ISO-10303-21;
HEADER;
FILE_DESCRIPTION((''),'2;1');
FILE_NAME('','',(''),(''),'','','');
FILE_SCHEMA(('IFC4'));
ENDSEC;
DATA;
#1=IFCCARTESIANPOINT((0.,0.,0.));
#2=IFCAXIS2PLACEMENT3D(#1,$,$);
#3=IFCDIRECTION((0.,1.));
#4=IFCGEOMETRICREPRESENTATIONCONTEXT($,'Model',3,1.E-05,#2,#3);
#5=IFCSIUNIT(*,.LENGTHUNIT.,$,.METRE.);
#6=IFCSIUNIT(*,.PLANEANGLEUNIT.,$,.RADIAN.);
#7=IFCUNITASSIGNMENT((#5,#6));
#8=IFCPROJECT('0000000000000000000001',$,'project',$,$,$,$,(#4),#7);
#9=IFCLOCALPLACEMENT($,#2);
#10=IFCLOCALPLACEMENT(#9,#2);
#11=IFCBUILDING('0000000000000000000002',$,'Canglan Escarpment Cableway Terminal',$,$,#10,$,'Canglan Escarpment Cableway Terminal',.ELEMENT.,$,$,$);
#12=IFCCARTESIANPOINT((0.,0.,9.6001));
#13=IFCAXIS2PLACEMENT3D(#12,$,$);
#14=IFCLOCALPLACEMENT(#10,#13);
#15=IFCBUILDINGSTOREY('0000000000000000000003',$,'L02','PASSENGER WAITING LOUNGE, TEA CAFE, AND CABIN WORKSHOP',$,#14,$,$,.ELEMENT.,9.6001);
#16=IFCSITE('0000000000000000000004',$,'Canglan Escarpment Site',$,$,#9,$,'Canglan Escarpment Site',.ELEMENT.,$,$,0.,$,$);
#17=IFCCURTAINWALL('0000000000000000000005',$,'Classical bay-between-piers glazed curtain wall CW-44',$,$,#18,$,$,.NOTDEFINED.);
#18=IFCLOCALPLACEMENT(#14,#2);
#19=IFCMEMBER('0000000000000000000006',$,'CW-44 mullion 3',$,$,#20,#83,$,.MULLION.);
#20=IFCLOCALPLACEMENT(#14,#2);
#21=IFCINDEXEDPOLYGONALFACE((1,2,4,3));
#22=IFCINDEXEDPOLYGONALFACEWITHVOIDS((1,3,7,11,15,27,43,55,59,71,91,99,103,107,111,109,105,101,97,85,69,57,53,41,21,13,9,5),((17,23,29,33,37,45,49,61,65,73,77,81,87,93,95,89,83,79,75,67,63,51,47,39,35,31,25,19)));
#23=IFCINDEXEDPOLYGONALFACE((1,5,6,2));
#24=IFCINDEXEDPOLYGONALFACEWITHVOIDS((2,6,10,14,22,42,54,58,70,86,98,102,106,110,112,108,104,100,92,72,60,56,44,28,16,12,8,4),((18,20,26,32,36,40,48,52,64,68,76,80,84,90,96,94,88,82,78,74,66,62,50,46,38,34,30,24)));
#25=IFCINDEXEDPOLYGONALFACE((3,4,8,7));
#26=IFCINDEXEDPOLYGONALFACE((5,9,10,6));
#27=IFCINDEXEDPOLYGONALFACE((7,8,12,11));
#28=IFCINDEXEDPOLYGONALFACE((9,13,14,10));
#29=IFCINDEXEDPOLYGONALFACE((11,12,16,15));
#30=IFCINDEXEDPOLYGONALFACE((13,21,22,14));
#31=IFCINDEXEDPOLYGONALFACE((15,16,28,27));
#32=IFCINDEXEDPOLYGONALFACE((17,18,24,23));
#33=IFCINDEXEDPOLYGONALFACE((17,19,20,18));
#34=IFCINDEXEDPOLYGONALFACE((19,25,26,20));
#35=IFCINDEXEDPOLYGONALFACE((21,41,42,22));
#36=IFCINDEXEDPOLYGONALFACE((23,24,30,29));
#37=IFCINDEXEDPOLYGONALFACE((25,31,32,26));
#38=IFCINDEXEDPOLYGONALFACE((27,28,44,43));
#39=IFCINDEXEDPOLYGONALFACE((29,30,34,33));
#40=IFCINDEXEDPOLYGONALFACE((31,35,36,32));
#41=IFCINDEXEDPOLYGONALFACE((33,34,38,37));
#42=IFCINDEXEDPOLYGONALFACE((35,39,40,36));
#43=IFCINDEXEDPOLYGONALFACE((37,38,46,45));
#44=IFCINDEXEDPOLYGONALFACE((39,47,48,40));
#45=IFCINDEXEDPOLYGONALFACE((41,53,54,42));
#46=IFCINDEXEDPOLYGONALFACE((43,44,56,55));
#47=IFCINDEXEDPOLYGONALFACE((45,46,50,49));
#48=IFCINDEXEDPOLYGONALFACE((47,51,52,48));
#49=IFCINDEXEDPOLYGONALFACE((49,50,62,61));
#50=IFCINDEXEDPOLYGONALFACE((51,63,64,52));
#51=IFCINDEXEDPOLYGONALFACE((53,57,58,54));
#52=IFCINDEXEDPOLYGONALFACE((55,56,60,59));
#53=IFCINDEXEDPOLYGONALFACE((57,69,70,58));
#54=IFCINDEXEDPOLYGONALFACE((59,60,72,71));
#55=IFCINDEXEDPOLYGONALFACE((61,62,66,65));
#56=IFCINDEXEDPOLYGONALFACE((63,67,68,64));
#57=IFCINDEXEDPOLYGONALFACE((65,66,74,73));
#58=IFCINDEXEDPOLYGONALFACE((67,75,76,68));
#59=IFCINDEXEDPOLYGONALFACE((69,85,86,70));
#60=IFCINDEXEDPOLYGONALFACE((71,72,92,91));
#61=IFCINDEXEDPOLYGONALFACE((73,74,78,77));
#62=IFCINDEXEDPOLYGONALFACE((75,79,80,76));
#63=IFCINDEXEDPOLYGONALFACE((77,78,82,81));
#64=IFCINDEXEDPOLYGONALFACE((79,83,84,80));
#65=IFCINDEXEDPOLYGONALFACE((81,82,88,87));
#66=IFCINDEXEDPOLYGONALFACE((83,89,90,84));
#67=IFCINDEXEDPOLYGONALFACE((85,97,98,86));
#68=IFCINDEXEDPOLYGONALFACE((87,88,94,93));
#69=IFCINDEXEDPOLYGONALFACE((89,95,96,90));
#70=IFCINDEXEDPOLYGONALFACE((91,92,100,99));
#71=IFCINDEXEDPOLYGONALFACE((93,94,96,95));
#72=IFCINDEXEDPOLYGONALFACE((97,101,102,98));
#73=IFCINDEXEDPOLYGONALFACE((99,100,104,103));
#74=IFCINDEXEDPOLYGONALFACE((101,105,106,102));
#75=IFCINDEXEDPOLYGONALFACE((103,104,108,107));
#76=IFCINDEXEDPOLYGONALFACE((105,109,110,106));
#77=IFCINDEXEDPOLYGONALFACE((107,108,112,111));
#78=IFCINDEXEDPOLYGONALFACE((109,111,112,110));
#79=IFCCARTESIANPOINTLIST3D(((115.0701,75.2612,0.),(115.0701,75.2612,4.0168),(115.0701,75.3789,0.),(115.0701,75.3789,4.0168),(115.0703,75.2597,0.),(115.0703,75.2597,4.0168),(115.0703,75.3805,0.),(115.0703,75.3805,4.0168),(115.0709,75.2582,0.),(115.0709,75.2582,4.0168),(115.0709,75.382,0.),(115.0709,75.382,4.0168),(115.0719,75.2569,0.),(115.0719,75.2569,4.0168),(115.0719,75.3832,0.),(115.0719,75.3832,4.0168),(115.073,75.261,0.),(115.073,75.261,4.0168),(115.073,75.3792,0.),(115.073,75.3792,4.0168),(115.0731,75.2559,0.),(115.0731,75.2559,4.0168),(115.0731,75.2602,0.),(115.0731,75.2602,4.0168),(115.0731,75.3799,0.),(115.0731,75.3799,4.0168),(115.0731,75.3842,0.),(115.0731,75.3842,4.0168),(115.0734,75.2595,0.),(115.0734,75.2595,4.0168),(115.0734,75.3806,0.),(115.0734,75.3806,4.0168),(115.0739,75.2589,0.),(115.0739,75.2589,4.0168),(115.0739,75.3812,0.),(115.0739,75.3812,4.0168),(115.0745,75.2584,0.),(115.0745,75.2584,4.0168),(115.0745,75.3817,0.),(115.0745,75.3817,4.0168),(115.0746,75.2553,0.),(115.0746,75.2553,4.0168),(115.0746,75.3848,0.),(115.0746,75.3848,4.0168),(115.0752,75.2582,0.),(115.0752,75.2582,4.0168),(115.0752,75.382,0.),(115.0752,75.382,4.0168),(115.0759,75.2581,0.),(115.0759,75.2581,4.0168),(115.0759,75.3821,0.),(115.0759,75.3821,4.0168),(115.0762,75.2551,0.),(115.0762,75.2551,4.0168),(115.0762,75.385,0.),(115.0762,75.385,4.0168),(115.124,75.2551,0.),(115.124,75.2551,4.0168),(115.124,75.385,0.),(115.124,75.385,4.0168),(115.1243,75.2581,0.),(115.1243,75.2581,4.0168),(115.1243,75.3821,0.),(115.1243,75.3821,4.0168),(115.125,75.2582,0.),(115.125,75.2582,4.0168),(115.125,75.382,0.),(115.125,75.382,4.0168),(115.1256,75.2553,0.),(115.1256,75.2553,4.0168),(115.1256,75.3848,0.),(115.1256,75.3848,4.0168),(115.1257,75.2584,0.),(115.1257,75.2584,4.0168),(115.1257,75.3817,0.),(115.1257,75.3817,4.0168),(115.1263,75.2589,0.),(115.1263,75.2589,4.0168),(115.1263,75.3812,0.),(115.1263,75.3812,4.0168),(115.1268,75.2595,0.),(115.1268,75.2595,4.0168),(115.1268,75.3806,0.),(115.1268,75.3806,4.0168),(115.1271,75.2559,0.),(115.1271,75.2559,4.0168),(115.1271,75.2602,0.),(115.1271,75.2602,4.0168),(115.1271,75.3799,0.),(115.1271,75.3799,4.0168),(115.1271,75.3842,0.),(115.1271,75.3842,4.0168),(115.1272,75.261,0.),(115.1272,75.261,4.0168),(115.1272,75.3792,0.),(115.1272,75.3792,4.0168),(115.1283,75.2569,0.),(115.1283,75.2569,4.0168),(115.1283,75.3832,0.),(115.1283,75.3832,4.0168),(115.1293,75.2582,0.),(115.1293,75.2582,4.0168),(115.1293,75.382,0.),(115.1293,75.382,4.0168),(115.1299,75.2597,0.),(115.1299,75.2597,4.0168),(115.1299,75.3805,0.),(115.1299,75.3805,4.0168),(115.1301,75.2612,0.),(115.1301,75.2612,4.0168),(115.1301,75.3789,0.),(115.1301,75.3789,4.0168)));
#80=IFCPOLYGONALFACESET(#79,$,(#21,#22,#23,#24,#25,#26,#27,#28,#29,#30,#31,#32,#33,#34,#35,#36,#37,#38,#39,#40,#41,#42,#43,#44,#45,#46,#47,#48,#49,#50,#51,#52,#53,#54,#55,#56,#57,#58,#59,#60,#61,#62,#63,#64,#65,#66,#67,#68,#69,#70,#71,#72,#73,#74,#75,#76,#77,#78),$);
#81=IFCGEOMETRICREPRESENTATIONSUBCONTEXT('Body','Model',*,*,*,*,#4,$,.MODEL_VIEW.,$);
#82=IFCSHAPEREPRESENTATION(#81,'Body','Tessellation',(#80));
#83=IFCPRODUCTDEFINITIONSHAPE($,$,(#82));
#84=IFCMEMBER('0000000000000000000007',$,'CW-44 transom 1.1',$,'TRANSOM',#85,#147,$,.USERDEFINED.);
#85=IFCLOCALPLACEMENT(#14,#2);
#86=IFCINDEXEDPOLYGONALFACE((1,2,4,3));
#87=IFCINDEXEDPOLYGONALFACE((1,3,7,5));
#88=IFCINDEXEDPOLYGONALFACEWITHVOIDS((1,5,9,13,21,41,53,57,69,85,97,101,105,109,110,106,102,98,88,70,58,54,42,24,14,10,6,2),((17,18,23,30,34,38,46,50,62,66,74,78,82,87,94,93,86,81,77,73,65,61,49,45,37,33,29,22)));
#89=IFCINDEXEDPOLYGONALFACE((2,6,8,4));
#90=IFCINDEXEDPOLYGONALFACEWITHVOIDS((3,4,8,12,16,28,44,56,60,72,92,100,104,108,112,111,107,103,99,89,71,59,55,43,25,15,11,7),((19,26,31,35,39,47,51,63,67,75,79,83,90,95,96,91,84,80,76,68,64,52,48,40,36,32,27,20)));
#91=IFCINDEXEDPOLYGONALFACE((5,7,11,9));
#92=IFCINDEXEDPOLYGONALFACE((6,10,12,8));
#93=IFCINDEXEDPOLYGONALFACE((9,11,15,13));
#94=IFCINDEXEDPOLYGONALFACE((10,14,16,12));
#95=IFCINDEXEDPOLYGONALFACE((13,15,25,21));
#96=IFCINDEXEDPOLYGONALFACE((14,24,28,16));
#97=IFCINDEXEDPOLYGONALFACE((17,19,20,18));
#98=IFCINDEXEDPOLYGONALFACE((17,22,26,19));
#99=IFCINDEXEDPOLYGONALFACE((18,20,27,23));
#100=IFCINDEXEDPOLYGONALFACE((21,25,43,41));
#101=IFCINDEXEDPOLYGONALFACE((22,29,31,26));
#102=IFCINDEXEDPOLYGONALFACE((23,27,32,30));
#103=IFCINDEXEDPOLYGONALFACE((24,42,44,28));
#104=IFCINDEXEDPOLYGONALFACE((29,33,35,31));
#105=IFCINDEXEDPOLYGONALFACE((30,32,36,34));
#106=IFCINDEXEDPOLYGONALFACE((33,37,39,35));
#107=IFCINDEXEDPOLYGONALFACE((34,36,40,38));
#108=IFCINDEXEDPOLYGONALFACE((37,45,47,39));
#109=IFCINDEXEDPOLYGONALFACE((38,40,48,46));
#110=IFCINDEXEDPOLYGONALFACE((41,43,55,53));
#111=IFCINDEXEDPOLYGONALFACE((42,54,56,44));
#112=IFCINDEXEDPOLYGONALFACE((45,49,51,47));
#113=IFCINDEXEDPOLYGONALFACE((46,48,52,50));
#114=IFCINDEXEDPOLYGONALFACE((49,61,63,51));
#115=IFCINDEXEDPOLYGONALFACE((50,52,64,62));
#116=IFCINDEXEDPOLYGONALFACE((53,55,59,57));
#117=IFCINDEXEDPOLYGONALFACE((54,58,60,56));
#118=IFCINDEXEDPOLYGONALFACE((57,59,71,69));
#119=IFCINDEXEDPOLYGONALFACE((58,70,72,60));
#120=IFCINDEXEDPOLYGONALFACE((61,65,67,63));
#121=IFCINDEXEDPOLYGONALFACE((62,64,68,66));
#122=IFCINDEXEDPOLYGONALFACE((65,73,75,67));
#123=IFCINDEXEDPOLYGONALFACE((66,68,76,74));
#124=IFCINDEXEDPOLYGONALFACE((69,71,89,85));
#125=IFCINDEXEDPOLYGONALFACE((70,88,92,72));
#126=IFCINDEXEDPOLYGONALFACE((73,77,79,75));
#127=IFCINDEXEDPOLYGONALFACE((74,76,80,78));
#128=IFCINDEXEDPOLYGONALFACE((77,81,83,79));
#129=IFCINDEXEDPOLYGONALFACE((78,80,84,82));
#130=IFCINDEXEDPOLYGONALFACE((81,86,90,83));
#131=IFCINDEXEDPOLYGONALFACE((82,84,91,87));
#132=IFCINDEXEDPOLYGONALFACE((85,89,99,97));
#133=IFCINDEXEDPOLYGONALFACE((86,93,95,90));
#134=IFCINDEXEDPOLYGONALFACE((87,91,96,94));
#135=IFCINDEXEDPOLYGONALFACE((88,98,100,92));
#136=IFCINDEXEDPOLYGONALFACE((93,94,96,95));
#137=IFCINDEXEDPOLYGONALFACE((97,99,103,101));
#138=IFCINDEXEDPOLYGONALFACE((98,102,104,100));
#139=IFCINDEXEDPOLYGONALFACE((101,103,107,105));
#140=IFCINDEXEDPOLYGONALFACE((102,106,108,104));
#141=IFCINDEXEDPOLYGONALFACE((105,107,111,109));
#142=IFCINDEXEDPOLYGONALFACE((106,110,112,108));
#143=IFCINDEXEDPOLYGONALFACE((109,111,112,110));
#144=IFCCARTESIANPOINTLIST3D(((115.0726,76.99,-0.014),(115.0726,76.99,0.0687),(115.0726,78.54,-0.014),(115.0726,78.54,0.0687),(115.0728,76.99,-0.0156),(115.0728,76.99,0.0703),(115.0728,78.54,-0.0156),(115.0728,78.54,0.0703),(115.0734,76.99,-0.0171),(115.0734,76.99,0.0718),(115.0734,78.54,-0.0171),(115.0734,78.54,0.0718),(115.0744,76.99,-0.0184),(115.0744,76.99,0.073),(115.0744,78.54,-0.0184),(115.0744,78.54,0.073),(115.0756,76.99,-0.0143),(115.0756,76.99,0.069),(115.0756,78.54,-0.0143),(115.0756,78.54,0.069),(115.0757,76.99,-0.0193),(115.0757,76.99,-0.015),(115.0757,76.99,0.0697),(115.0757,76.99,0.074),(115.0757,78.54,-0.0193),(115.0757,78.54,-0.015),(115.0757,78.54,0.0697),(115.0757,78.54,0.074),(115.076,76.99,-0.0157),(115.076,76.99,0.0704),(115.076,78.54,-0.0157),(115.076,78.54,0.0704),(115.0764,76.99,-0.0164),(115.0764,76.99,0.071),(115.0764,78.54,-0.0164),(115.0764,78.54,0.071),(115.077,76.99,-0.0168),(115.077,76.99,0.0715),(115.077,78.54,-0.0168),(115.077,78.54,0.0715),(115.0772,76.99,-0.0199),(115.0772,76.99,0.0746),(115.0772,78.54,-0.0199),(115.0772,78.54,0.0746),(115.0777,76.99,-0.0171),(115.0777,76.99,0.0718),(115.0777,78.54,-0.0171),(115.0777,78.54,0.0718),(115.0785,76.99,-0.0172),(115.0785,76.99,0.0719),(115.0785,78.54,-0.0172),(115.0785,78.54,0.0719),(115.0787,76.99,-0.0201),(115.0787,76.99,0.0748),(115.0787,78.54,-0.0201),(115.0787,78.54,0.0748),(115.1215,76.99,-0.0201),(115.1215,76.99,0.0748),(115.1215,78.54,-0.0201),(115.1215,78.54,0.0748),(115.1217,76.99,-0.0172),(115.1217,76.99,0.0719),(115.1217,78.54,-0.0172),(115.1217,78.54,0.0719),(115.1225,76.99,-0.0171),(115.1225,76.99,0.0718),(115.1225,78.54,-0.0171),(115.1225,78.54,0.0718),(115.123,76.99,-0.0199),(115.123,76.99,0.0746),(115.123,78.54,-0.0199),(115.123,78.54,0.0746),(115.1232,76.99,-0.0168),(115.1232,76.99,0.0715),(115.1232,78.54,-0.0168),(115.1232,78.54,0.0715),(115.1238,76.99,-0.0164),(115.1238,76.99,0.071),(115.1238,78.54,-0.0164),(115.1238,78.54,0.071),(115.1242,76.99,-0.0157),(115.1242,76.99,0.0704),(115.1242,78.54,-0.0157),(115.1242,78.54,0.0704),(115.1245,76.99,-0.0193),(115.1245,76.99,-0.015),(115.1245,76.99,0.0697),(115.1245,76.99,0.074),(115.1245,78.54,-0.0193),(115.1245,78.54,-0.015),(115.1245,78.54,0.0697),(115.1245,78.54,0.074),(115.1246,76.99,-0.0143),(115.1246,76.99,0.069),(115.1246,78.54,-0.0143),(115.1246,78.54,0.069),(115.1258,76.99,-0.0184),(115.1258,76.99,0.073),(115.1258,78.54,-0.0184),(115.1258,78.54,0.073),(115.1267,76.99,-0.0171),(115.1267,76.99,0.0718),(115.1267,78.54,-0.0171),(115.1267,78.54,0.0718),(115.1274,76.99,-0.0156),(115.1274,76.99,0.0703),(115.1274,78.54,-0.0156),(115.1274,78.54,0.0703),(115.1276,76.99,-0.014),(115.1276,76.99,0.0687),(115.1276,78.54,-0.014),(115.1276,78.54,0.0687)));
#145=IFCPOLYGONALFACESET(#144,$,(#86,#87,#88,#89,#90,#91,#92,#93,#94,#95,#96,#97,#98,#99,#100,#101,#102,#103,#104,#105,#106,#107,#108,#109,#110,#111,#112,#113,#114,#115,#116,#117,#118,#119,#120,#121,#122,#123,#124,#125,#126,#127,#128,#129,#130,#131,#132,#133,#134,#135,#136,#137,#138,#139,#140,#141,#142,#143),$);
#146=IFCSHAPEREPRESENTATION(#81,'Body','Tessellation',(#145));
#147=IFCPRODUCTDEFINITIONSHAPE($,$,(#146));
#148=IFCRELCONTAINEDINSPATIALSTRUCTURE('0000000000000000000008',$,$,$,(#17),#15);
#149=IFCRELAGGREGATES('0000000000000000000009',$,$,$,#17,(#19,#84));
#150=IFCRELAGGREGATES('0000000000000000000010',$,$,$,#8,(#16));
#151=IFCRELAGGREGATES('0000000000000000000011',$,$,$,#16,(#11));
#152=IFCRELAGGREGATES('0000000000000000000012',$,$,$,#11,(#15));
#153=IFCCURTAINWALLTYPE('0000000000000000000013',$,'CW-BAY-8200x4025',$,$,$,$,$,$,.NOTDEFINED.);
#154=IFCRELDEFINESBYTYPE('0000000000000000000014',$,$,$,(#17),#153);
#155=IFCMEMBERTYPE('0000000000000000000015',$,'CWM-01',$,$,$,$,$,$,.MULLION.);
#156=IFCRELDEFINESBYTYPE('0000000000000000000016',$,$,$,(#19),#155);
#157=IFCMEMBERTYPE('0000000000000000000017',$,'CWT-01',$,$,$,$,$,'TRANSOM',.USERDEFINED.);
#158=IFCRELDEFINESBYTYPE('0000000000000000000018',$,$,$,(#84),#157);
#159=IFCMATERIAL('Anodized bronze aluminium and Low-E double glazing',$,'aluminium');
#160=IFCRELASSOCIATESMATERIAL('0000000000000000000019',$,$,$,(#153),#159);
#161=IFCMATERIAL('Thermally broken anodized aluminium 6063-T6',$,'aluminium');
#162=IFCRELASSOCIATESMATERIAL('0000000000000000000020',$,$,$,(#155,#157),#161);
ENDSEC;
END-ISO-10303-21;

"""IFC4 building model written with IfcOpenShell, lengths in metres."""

from ifc_helpers import new_model, si_unit, direction, frame, origin, origin_2d, place, context, subcontext, project, spatial, hollow_rectangle, extrude, material, material_profile, profile_set, type_object, element, aggregate, save


model = new_model("IFC4")

# Units and contexts
model_context = context("Model", 3, precision=1e-05, world=origin(), true_north=direction((0.0, 1.0)))
body_context = subcontext(model_context, "Body", "Model", "MODEL_VIEW")
ifc_project = project(units=[si_unit("LENGTHUNIT", "METRE"), si_unit("PLANEANGLEUNIT", "RADIAN")], contexts=[model_context])

# Site, building, storey
site_placement = place(None, origin())
site = spatial("IfcSite", under=ifc_project, at=site_placement, Name="Canglan Escarpment Site", LongName="Canglan Escarpment Site", CompositionType="ELEMENT", RefElevation=0.0)
building_placement = place(site_placement, origin())
building = spatial("IfcBuilding", under=site, at=building_placement, Name="Canglan Escarpment Cableway Terminal", LongName="Canglan Escarpment Cableway Terminal", CompositionType="ELEMENT")
storey_placement = place(building_placement, frame((0.0, 0.0, 9.6001)))
storey = spatial("IfcBuildingStorey", under=building, at=storey_placement, Name="L02", Description="PASSENGER WAITING LOUNGE, TEA CAFE, AND CABIN WORKSHOP", CompositionType="ELEMENT", Elevation=9.6001)

# Curtain wall, members
ifc_material_1 = material(Name="Anodized bronze aluminium and Low-E double glazing", Category="aluminium")
curtain_wall_type = type_object("IfcCurtainWallType", Name="CW-BAY-8200x4025", PredefinedType="NOTDEFINED", material=ifc_material_1)
curtain_wall_placement = place(storey_placement, origin())
curtain_wall = element("IfcCurtainWall", 1, at=curtain_wall_placement, inside=storey, type_object=curtain_wall_type, Name="Classical bay-between-piers glazed curtain wall CW-44", PredefinedType="NOTDEFINED")
ifc_material_2 = material(Name="Thermally broken anodized aluminium 6063-T6", Category="aluminium")
ifc_material_profile_1 = material_profile(ifc_material_2, hollow_rectangle(XDim=0.0601, YDim=0.1299, WallThickness=0.0029, InnerFilletRadius=0.0029, OuterFilletRadius=0.0061, at=origin_2d()), Name="ALU-MULL 60x130x3")
ifc_profile_set_1 = profile_set([ifc_material_profile_1], Name="Thermally broken anodized aluminium 6063-T6")
member_type_1 = type_object("IfcMemberType", Name="CWM-01", PredefinedType="MULLION", material=ifc_profile_set_1)
member_1_placement = place(storey_placement, frame((115.1001, 75.3201, 0.0), z_axis=(0.0, 0.0, 1.0), x_axis=(1.0, 0.0, 0.0)))
member_1 = element("IfcMember", 2, at=member_1_placement, type_object=member_type_1, Name="CW-44 mullion 3", PredefinedType="MULLION", context=body_context, shape_type="SweptSolid", body=[
    extrude(hollow_rectangle(XDim=0.0601, YDim=0.1299, WallThickness=0.0029, InnerFilletRadius=0.0029, OuterFilletRadius=0.0061, at=origin_2d()), origin(), (0.0, 0.0, 1.0), 4.0168),
])
ifc_material_profile_2 = material_profile(ifc_material_2, hollow_rectangle(XDim=0.0549, YDim=0.095, WallThickness=0.0029, InnerFilletRadius=0.0029, OuterFilletRadius=0.0061, at=origin_2d()), Name="ALU-TRAN 55x95x3")
ifc_profile_set_2 = profile_set([ifc_material_profile_2], Name="Thermally broken anodized aluminium 6063-T6")
member_type_2 = type_object("IfcMemberType", Name="CWT-01", ElementType="TRANSOM", PredefinedType="USERDEFINED", material=ifc_profile_set_2)
member_2_placement = place(storey_placement, frame((115.1001, 78.54, 0.0273), z_axis=(0.0, -1.0, 0.0), x_axis=(1.0, 0.0, 0.0)))
member_2 = element("IfcMember", 3, at=member_2_placement, type_object=member_type_2, Name="CW-44 transom 1.1", ObjectType="TRANSOM", PredefinedType="USERDEFINED", context=body_context, shape_type="SweptSolid", body=[
    extrude(hollow_rectangle(XDim=0.0549, YDim=0.095, WallThickness=0.0029, InnerFilletRadius=0.0029, OuterFilletRadius=0.0061, at=origin_2d()), origin(), (0.0, 0.0, 1.0), 1.55),
])
aggregate(curtain_wall, [member_1, member_2])

save(model, "model.ifc")
